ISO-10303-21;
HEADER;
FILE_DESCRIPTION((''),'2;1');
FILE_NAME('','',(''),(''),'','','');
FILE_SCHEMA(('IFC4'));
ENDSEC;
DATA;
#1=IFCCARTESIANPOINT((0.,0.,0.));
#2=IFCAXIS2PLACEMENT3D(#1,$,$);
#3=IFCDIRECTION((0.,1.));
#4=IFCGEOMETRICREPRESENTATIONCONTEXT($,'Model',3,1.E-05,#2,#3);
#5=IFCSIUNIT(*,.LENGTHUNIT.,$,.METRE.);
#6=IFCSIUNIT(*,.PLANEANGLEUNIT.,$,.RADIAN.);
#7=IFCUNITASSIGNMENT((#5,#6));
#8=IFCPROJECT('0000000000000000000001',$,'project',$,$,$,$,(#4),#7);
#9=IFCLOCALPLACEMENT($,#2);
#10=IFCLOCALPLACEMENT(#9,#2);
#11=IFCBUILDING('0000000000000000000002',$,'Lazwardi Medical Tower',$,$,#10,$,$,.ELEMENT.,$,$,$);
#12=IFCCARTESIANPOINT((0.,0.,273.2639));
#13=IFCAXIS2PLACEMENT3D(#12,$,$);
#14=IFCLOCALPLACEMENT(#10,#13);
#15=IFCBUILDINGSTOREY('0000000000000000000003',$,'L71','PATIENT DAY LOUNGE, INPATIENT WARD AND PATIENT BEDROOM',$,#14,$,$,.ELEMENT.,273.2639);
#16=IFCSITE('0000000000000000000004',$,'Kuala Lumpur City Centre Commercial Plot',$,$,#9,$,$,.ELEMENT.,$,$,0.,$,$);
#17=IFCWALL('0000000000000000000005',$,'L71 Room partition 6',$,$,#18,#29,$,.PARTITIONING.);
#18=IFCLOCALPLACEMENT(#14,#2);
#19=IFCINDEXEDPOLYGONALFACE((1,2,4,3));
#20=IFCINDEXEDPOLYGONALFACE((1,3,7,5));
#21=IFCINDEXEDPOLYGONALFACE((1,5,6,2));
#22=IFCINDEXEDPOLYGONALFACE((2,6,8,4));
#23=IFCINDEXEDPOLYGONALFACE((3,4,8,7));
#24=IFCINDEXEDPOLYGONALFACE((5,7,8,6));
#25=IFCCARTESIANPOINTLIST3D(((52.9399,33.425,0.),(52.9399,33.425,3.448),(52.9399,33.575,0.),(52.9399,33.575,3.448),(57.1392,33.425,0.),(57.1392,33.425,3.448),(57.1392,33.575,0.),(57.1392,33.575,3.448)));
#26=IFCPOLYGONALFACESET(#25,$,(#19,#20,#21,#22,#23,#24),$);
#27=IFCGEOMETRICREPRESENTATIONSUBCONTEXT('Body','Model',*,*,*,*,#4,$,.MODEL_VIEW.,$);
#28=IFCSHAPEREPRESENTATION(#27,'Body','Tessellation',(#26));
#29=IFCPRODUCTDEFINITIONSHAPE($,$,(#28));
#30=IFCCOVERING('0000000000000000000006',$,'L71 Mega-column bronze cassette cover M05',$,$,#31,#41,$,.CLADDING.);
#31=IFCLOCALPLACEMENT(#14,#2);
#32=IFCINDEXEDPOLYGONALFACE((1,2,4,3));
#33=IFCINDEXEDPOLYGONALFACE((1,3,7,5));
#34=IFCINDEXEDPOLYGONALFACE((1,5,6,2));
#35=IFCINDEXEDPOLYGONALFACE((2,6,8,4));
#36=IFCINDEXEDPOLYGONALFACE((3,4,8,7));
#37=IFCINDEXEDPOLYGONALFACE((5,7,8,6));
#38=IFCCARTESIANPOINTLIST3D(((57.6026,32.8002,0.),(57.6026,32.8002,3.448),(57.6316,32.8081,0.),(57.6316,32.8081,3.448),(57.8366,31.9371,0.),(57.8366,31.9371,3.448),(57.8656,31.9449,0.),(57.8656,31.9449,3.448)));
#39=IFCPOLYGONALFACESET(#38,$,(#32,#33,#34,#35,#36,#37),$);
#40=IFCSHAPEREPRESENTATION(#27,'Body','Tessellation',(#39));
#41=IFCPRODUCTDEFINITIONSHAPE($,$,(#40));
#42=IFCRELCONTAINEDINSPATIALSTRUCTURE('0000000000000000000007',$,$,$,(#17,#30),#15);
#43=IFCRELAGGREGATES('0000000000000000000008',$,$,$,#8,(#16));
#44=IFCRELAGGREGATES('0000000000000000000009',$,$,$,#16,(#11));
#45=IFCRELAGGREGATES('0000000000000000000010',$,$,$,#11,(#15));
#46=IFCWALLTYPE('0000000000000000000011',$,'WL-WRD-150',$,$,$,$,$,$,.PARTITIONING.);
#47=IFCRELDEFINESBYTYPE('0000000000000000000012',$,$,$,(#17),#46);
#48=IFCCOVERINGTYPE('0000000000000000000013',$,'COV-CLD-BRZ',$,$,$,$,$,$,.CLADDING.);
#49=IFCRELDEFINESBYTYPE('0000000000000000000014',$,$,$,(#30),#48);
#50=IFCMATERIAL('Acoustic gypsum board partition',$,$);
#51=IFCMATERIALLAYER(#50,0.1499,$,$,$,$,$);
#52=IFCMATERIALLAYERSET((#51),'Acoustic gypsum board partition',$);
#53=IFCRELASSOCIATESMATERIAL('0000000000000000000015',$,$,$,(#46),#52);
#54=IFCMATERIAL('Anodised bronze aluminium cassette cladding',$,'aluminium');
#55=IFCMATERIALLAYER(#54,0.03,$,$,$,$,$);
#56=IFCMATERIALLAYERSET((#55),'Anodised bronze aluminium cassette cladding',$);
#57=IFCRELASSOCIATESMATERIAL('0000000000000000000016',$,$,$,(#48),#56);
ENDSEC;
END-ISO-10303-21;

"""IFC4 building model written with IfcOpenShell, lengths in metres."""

from ifc_helpers import new_model, si_unit, direction, frame, frame_2d, origin, origin_2d, place, context, subcontext, project, spatial, rectangle, extrude, material, layer, layer_set, type_object, element, save


model = new_model("IFC4")

# Units and contexts
model_context = context("Model", 3, precision=1e-05, world=origin(), true_north=direction((0.0, 1.0)))
body_context = subcontext(model_context, "Body", "Model", "MODEL_VIEW")
ifc_project = project(units=[si_unit("LENGTHUNIT", "METRE"), si_unit("PLANEANGLEUNIT", "RADIAN")], contexts=[model_context])

# Site, building, storey
site_placement = place(None, origin())
site = spatial("IfcSite", under=ifc_project, at=site_placement, Name="Kuala Lumpur City Centre Commercial Plot", CompositionType="ELEMENT", RefElevation=0.0)
building_placement = place(site_placement, origin())
building = spatial("IfcBuilding", under=site, at=building_placement, Name="Lazwardi Medical Tower", CompositionType="ELEMENT")
storey_placement = place(building_placement, frame((0.0, 0.0, 273.2639)))
storey = spatial("IfcBuildingStorey", under=building, at=storey_placement, Name="L71", Description="PATIENT DAY LOUNGE, INPATIENT WARD AND PATIENT BEDROOM", CompositionType="ELEMENT", Elevation=273.2639)

# Wall
ifc_material_1 = material(Name="Acoustic gypsum board partition")
ifc_layer_1 = layer(ifc_material_1, 0.1499)
ifc_layer_set_1 = layer_set([ifc_layer_1], Name="Acoustic gypsum board partition")
wall_type_1 = type_object("IfcWallType", Name="WL-WRD-150", PredefinedType="PARTITIONING", material=ifc_layer_set_1)
wall_1_placement = place(storey_placement, frame((52.9399, 33.5, 0.0), z_axis=(0.0, 0.0, 1.0), x_axis=(1.0, 0.0, 0.0)))
element("IfcWall", 1, at=wall_1_placement, inside=storey, type_object=wall_type_1, Name="L71 Room partition 6", PredefinedType="PARTITIONING", context=body_context, shape_type="SweptSolid", body=[
    extrude(rectangle(XDim=4.1992, YDim=0.1499, at=frame_2d((2.0996, 0.0))), origin(), (0.0, 0.0, 1.0), 3.448),
])

# Covering
ifc_material_2 = material(Name="Anodised bronze aluminium cassette cladding", Category="aluminium")
ifc_layer_2 = layer(ifc_material_2, 0.03)
ifc_layer_set_2 = layer_set([ifc_layer_2], Name="Anodised bronze aluminium cassette cladding")
covering_type = type_object("IfcCoveringType", Name="COV-CLD-BRZ", PredefinedType="CLADDING", material=ifc_layer_set_2)
covering_placement = place(storey_placement, frame((57.7341, 32.3726, 0.0), z_axis=(0.0, 0.0, 1.0), x_axis=(-0.261642, 0.965165, 0.0)))
element("IfcCovering", 2, at=covering_placement, inside=storey, type_object=covering_type, Name="L71 Mega-column bronze cassette cover M05", PredefinedType="CLADDING", context=body_context, shape_type="SweptSolid", body=[
    extrude(rectangle(XDim=0.8943, YDim=0.03, at=origin_2d()), origin(), (0.0, 0.0, 1.0), 3.448),
])

save(model, "model.ifc")
